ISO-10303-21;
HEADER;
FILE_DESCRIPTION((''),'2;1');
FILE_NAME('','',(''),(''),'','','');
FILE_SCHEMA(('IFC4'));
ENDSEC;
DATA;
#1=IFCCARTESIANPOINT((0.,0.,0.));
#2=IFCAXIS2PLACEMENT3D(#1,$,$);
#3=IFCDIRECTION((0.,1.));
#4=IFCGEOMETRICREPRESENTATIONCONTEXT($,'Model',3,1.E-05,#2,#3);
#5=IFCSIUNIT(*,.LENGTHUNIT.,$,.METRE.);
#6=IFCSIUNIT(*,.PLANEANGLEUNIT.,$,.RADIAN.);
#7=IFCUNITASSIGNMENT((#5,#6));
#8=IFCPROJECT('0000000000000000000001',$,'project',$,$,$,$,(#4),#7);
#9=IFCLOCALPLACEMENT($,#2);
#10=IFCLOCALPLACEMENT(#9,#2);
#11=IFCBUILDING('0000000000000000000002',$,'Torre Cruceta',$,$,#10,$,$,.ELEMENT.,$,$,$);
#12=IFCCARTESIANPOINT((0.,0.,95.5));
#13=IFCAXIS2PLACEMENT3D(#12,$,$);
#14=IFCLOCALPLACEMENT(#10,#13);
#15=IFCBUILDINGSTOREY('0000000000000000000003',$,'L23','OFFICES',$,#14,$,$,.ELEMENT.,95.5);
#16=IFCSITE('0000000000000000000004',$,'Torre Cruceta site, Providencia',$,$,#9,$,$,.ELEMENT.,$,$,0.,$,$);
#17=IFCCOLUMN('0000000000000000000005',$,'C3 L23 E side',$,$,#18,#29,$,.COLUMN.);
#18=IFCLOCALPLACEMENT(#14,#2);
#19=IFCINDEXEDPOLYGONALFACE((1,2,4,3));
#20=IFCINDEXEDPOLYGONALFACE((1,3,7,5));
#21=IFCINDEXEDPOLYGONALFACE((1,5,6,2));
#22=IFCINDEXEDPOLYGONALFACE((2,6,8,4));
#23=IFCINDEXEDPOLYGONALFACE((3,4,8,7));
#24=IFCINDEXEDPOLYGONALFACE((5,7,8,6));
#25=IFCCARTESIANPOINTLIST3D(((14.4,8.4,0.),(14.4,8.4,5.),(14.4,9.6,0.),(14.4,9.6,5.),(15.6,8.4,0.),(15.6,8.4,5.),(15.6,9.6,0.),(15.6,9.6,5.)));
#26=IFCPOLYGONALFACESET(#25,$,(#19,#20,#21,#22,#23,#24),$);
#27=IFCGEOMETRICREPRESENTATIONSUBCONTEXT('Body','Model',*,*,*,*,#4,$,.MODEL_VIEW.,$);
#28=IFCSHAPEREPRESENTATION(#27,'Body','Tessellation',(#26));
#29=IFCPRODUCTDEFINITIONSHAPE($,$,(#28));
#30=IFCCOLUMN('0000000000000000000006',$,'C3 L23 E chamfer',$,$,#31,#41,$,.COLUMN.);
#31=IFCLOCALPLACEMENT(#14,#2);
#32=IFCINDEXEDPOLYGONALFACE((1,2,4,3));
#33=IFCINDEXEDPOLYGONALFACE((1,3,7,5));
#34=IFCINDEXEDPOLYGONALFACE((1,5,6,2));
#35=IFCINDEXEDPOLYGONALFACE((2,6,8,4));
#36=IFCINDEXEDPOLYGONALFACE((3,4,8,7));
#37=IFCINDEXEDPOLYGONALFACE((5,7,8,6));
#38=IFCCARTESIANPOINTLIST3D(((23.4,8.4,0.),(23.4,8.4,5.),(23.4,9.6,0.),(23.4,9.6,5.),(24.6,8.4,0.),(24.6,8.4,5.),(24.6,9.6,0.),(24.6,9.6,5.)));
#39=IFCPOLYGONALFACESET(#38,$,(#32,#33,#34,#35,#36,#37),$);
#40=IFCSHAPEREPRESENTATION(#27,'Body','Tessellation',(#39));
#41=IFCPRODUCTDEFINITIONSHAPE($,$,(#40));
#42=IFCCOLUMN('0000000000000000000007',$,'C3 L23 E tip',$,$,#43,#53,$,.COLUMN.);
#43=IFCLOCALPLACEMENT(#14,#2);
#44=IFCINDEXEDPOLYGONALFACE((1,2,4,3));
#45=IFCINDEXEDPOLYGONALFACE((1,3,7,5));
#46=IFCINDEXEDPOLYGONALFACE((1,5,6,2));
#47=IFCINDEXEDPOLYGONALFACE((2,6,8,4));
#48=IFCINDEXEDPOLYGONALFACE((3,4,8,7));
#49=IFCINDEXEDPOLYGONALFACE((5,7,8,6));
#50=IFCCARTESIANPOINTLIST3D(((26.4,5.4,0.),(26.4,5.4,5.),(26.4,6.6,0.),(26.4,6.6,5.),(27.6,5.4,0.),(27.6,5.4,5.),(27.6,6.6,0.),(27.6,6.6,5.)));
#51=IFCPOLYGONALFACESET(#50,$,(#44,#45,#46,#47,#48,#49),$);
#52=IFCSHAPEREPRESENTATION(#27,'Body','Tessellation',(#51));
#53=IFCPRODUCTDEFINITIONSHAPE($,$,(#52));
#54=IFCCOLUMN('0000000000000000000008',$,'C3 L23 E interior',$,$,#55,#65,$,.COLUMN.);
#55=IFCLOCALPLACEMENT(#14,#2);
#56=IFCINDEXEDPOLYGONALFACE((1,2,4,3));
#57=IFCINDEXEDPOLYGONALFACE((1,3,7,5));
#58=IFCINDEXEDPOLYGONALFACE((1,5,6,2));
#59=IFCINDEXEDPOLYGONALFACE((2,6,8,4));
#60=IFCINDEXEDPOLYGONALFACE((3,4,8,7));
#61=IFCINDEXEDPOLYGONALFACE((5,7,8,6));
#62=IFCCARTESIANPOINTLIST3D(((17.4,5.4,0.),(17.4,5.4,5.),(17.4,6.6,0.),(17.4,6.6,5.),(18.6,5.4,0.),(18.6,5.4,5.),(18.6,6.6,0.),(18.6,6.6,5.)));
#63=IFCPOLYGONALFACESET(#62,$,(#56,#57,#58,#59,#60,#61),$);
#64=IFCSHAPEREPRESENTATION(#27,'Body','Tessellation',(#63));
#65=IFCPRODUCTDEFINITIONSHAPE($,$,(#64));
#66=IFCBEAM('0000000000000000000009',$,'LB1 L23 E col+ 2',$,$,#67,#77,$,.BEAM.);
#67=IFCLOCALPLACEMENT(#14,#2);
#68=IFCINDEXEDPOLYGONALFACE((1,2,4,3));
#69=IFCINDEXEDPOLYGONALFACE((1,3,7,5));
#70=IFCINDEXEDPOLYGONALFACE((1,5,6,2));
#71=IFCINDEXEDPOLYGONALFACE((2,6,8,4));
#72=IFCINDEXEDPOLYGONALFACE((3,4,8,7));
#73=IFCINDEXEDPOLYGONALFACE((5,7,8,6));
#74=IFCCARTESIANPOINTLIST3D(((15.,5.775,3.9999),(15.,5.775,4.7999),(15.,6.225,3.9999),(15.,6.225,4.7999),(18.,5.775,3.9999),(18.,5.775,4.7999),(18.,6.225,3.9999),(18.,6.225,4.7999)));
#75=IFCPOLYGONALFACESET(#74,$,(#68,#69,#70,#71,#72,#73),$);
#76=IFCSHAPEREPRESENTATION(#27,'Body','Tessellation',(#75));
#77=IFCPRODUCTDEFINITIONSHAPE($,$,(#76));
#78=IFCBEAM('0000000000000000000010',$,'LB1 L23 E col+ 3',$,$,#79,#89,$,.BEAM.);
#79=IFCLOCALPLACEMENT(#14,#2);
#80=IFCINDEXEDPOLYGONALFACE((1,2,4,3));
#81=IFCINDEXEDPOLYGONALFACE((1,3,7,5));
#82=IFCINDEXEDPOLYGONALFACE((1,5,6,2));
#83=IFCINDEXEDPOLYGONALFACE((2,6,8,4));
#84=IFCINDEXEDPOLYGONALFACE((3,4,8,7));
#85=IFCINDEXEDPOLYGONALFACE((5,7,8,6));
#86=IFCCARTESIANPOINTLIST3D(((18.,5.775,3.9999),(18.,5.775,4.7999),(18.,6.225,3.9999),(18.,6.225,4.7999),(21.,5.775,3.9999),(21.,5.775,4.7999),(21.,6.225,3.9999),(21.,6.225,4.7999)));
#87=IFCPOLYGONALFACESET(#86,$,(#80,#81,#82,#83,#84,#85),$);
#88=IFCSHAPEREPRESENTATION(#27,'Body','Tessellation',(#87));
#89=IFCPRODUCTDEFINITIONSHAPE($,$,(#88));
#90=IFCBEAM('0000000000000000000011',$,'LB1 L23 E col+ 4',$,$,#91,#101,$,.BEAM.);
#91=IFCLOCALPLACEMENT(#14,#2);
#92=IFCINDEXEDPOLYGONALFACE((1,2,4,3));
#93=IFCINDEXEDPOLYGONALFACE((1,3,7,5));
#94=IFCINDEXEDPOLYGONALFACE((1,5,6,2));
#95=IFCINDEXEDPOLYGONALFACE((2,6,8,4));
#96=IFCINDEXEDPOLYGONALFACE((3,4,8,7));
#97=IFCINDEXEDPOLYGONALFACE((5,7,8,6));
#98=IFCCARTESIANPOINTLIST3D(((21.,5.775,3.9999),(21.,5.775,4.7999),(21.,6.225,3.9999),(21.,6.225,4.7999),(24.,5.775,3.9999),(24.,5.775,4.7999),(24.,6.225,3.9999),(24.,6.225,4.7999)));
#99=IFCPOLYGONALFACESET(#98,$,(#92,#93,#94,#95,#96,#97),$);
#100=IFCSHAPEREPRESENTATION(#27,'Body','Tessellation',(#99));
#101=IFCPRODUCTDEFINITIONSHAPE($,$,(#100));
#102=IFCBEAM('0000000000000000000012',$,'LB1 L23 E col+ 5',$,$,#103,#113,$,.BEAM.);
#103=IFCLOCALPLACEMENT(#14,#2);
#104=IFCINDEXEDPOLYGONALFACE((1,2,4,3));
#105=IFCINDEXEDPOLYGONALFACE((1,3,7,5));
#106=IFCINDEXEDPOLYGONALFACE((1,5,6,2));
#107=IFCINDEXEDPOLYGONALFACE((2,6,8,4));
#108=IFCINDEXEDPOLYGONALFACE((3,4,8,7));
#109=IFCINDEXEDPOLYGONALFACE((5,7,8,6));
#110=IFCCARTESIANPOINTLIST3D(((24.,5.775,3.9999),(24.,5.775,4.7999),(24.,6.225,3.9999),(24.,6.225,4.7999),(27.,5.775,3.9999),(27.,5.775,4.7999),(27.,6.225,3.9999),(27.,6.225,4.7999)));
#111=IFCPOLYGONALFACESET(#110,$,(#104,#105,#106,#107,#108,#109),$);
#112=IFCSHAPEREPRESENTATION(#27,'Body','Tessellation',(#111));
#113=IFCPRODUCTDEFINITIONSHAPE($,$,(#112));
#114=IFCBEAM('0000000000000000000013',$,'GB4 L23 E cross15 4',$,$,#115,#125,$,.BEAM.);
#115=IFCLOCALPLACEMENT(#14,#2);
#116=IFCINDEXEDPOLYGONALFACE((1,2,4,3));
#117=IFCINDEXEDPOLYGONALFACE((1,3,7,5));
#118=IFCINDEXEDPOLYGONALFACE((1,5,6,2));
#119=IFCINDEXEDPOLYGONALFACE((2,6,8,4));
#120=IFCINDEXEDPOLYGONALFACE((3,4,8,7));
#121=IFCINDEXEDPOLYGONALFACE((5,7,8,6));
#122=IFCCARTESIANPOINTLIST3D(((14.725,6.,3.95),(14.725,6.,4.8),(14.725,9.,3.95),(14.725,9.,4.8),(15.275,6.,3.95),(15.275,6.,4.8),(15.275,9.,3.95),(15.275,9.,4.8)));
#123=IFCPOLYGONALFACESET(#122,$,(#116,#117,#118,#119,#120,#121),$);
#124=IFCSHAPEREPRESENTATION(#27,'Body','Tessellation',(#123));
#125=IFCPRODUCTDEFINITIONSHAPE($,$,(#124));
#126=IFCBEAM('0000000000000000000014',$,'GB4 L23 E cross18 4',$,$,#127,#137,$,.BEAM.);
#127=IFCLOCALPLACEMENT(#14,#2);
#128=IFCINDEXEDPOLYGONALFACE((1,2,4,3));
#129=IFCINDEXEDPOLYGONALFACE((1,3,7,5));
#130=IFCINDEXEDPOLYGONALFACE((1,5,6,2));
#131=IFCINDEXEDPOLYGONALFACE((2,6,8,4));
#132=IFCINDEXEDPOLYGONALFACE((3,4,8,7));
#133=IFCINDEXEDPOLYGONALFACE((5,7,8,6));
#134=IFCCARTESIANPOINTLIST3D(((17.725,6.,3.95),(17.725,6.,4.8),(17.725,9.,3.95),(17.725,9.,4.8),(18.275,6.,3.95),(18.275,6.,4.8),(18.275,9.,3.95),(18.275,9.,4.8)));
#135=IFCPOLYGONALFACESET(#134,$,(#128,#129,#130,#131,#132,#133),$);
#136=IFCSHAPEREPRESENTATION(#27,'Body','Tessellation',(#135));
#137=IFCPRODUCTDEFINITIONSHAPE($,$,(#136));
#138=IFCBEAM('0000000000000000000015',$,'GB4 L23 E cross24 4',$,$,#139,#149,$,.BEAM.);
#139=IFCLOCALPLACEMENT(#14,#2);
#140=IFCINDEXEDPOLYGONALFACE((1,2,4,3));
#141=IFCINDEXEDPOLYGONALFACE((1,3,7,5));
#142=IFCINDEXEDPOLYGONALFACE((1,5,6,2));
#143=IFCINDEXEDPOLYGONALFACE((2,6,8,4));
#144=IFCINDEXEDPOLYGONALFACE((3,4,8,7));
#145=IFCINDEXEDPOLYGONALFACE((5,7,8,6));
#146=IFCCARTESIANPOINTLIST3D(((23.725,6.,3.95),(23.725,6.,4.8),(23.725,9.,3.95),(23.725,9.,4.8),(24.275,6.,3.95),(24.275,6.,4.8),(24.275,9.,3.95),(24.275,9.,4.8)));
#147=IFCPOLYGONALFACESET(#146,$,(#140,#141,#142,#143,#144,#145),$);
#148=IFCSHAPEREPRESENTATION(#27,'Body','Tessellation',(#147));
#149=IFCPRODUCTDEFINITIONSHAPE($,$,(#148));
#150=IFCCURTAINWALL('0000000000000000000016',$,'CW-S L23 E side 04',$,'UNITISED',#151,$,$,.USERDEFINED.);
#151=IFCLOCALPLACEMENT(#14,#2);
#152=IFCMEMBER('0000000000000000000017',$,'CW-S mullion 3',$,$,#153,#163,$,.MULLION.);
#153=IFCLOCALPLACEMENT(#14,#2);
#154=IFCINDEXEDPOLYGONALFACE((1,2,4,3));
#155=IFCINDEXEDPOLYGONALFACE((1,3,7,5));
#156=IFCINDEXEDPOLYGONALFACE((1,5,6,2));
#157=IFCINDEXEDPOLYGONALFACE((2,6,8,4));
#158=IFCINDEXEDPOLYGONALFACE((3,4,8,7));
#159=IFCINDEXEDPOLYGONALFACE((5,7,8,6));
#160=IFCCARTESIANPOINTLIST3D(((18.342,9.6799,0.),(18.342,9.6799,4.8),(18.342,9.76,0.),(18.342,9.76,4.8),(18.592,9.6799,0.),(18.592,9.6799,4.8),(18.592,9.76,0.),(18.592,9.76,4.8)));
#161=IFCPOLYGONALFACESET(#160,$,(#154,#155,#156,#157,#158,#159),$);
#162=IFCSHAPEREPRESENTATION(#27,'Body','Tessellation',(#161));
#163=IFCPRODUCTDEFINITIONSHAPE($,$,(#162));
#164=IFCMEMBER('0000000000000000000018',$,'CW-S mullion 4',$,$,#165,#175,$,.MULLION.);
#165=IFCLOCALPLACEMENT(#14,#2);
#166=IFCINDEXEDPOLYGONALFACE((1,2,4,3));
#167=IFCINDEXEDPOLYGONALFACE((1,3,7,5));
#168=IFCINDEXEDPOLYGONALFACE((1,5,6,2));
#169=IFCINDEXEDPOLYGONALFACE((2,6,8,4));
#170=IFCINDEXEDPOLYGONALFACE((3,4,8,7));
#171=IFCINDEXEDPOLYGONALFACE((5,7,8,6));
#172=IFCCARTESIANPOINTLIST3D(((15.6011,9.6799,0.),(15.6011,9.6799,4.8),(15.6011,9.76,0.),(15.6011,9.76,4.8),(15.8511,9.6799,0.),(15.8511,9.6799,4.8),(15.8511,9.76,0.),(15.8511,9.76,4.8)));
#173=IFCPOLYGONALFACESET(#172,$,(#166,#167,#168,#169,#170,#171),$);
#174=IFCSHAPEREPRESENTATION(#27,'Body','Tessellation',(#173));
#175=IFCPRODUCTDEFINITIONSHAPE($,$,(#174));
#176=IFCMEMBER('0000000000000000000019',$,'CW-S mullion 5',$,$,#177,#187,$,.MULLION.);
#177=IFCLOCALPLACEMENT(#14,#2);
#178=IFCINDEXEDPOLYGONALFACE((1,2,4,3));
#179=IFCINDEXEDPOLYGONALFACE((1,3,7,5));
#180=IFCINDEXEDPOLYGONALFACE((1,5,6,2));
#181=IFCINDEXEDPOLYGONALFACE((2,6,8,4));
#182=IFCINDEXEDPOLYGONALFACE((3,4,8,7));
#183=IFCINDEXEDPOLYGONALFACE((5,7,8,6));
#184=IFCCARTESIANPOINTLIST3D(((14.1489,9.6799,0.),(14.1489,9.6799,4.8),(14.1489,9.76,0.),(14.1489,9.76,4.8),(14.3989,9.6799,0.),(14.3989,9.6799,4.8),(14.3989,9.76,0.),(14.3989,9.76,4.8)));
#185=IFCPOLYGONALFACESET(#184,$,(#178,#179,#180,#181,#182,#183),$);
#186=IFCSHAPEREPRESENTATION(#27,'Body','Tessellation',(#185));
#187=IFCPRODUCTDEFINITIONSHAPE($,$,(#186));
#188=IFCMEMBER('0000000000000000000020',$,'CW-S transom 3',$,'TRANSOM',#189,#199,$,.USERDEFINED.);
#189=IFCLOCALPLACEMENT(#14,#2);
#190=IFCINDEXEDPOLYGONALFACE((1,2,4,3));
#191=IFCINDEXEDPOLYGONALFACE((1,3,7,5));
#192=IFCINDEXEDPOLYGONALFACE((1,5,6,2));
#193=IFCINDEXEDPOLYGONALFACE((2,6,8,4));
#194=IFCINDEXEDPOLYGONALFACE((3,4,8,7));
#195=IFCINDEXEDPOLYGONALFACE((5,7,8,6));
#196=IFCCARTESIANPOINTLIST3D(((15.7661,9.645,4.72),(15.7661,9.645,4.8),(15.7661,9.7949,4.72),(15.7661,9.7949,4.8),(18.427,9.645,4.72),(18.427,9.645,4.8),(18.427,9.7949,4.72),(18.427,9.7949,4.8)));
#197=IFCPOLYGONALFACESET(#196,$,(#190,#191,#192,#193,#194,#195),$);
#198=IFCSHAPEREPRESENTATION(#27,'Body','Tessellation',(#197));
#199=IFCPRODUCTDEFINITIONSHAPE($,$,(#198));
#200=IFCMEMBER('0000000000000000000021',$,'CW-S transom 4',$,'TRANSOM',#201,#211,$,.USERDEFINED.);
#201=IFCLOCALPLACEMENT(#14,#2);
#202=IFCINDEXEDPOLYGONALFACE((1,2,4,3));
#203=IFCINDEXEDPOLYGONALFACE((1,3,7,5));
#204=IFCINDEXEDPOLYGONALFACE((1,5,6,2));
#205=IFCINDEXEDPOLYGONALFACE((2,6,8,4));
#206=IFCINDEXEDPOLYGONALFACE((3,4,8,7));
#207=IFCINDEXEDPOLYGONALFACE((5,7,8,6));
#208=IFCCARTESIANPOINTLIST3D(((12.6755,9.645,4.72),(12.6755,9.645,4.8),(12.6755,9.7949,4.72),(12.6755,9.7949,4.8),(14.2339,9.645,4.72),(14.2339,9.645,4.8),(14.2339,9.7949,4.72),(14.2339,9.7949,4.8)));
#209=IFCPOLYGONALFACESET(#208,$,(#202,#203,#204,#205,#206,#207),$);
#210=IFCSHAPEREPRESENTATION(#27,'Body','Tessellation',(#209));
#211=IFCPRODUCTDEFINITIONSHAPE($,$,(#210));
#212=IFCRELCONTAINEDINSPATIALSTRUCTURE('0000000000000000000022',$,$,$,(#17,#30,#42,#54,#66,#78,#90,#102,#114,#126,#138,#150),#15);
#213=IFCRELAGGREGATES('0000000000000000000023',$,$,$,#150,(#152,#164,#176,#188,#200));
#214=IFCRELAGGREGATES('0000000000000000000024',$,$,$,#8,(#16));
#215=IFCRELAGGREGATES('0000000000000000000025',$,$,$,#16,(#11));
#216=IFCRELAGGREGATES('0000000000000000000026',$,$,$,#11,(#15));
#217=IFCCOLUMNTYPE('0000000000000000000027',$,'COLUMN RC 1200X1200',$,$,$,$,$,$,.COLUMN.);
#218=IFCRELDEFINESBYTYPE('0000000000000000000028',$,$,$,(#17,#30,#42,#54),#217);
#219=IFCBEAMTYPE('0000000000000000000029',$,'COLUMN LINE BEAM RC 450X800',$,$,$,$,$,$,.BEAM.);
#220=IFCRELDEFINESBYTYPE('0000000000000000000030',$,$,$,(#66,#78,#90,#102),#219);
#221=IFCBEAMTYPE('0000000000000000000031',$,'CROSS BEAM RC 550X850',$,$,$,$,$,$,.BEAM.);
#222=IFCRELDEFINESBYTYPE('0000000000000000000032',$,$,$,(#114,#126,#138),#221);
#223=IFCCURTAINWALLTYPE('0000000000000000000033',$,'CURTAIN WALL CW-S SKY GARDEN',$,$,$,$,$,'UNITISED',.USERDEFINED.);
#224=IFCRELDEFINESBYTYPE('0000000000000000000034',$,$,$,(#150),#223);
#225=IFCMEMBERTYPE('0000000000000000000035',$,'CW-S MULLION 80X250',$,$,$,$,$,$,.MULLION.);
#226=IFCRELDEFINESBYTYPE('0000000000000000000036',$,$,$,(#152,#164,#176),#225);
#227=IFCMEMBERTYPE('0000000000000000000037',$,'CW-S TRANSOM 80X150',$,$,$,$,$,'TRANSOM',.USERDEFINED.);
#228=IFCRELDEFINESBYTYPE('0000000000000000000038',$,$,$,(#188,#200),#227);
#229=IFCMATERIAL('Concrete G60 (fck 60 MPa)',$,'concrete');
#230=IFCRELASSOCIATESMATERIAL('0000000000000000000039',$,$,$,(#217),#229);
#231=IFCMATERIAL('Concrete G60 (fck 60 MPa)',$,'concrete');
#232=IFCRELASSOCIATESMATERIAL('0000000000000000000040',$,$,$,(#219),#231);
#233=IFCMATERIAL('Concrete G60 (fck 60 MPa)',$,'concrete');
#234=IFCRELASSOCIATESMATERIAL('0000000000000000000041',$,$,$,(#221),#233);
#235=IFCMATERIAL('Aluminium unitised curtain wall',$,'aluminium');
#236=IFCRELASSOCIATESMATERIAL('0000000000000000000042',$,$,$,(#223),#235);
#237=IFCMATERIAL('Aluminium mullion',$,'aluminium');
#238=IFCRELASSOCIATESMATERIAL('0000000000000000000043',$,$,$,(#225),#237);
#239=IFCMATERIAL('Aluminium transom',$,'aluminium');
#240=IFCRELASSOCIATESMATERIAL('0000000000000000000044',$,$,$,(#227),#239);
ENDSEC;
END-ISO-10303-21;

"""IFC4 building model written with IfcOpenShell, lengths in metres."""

from ifc_helpers import new_model, si_unit, direction, frame, origin, origin_2d, place, context, subcontext, project, spatial, rectangle, extrude, material, material_profile, profile_set, type_object, element, aggregate, save


model = new_model("IFC4")

# Units and contexts
model_context = context("Model", 3, precision=1e-05, world=origin(), true_north=direction((0.0, 1.0)))
body_context = subcontext(model_context, "Body", "Model", "MODEL_VIEW")
ifc_project = project(units=[si_unit("LENGTHUNIT", "METRE"), si_unit("PLANEANGLEUNIT", "RADIAN")], contexts=[model_context])

# Site, building, storey
site_placement = place(None, origin())
site = spatial("IfcSite", under=ifc_project, at=site_placement, Name="Torre Cruceta site, Providencia", CompositionType="ELEMENT", RefElevation=0.0)
building_placement = place(site_placement, origin())
building = spatial("IfcBuilding", under=site, at=building_placement, Name="Torre Cruceta", CompositionType="ELEMENT")
storey_placement = place(building_placement, frame((0.0, 0.0, 95.5)))
storey = spatial("IfcBuildingStorey", under=building, at=storey_placement, Name="L23", Description="OFFICES", CompositionType="ELEMENT", Elevation=95.5)

# Columns
ifc_material_1 = material(Name="Concrete G60 (fck 60 MPa)", Category="concrete")
ifc_material_profile_1 = material_profile(ifc_material_1, rectangle(XDim=1.2, YDim=1.2, at=origin_2d()), Name="RC 1200X1200")
ifc_profile_set_1 = profile_set([ifc_material_profile_1], Name="Concrete G60 (fck 60 MPa)")
column_type = type_object("IfcColumnType", Name="COLUMN RC 1200X1200", PredefinedType="COLUMN", material=ifc_profile_set_1)
for number, where, z_axis, x_axis, name in (
    (1, (15.0, 9.0, 0.0), (0.0, 0.0, 1.0), (1.0, 0.0, 0.0), "C3 L23 E side"),
    (2, (24.0, 9.0, 0.0), (0.0, 0.0, 1.0), (1.0, 0.0, 0.0), "C3 L23 E chamfer"),
    (3, (27.0, 6.0, 0.0), (0.0, 0.0, 1.0), (1.0, 0.0, 0.0), "C3 L23 E tip"),
    (4, (18.0, 6.0, 0.0), (0.0, 0.0, 1.0), (1.0, 0.0, 0.0), "C3 L23 E interior"),
):
    element("IfcColumn", number, at=place(storey_placement, frame(where, z_axis=z_axis, x_axis=x_axis)), inside=storey, type_object=column_type, Name=name, PredefinedType="COLUMN", context=body_context, shape_type="SweptSolid", body=[
        extrude(rectangle(XDim=1.2, YDim=1.2, at=origin_2d()), origin(), (0.0, 0.0, 1.0), 5.0),
    ])

# Beams
ifc_material_2 = material(Name="Concrete G60 (fck 60 MPa)", Category="concrete")
ifc_material_profile_2 = material_profile(ifc_material_2, rectangle(XDim=0.45, YDim=0.8, at=origin_2d()), Name="RC 450X800")
ifc_profile_set_2 = profile_set([ifc_material_profile_2], Name="Concrete G60 (fck 60 MPa)")
beam_type_1 = type_object("IfcBeamType", Name="COLUMN LINE BEAM RC 450X800", PredefinedType="BEAM", material=ifc_profile_set_2)
for number, where, z_axis, x_axis, name in (
    (5, (15.0, 6.0, 4.3999), (1.0, 0.0, 0.0), (0.0, 1.0, 0.0), "LB1 L23 E col+ 2"),
    (6, (18.0, 6.0, 4.3999), (1.0, 0.0, 0.0), (0.0, 1.0, 0.0), "LB1 L23 E col+ 3"),
    (7, (21.0, 6.0, 4.3999), (1.0, 0.0, 0.0), (0.0, 1.0, 0.0), "LB1 L23 E col+ 4"),
    (8, (24.0, 6.0, 4.3999), (1.0, 0.0, 0.0), (0.0, 1.0, 0.0), "LB1 L23 E col+ 5"),
):
    element("IfcBeam", number, at=place(storey_placement, frame(where, z_axis=z_axis, x_axis=x_axis)), inside=storey, type_object=beam_type_1, Name=name, PredefinedType="BEAM", context=body_context, shape_type="SweptSolid", body=[
        extrude(rectangle(XDim=0.45, YDim=0.8, at=origin_2d()), origin(), (0.0, 0.0, 1.0), 3.0),
    ])
ifc_material_3 = material(Name="Concrete G60 (fck 60 MPa)", Category="concrete")
ifc_material_profile_3 = material_profile(ifc_material_3, rectangle(XDim=0.55, YDim=0.8501, at=origin_2d()), Name="RC 550X850")
ifc_profile_set_3 = profile_set([ifc_material_profile_3], Name="Concrete G60 (fck 60 MPa)")
beam_type_2 = type_object("IfcBeamType", Name="CROSS BEAM RC 550X850", PredefinedType="BEAM", material=ifc_profile_set_3)
for number, where, z_axis, x_axis, name in (
    (9, (15.0, 6.0, 4.375), (0.0, 1.0, 0.0), (-1.0, 0.0, 0.0), "GB4 L23 E cross15 4"),
    (10, (18.0, 6.0, 4.375), (0.0, 1.0, 0.0), (-1.0, 0.0, 0.0), "GB4 L23 E cross18 4"),
    (11, (24.0, 6.0, 4.375), (0.0, 1.0, 0.0), (-1.0, 0.0, 0.0), "GB4 L23 E cross24 4"),
):
    element("IfcBeam", number, at=place(storey_placement, frame(where, z_axis=z_axis, x_axis=x_axis)), inside=storey, type_object=beam_type_2, Name=name, PredefinedType="BEAM", context=body_context, shape_type="SweptSolid", body=[
        extrude(rectangle(XDim=0.55, YDim=0.8501, at=origin_2d()), origin(), (0.0, 0.0, 1.0), 3.0),
    ])

# Curtain wall, members
ifc_material_4 = material(Name="Aluminium unitised curtain wall", Category="aluminium")
curtain_wall_type = type_object("IfcCurtainWallType", Name="CURTAIN WALL CW-S SKY GARDEN", ElementType="UNITISED", PredefinedType="USERDEFINED", material=ifc_material_4)
curtain_wall_placement = place(storey_placement, origin())
curtain_wall = element("IfcCurtainWall", 12, at=curtain_wall_placement, inside=storey, type_object=curtain_wall_type, Name="CW-S L23 E side 04", ObjectType="UNITISED", PredefinedType="USERDEFINED")
ifc_material_5 = material(Name="Aluminium mullion", Category="aluminium")
ifc_material_profile_4 = material_profile(ifc_material_5, rectangle(XDim=0.0801, YDim=0.25, at=origin_2d()), Name="AL 80X250")
ifc_profile_set_4 = profile_set([ifc_material_profile_4], Name="Aluminium mullion")
member_type_1 = type_object("IfcMemberType", Name="CW-S MULLION 80X250", PredefinedType="MULLION", material=ifc_profile_set_4)
member_1_placement = place(storey_placement, frame((18.467, 9.72, 0.0), z_axis=(0.0, 0.0, 1.0), x_axis=(0.0, -1.0, 0.0)))
member_1 = element("IfcMember", 13, at=member_1_placement, type_object=member_type_1, Name="CW-S mullion 3", PredefinedType="MULLION", context=body_context, shape_type="SweptSolid", body=[
    extrude(rectangle(XDim=0.0801, YDim=0.25, at=origin_2d()), origin(), (0.0, 0.0, 1.0), 4.8),
])
member_2_placement = place(storey_placement, frame((15.7261, 9.72, 0.0), z_axis=(0.0, 0.0, 1.0), x_axis=(0.0, -1.0, 0.0)))
member_2 = element("IfcMember", 14, at=member_2_placement, type_object=member_type_1, Name="CW-S mullion 4", PredefinedType="MULLION", context=body_context, shape_type="SweptSolid", body=[
    extrude(rectangle(XDim=0.0801, YDim=0.25, at=origin_2d()), origin(), (0.0, 0.0, 1.0), 4.8),
])
member_3_placement = place(storey_placement, frame((14.2739, 9.72, 0.0), z_axis=(0.0, 0.0, 1.0), x_axis=(0.0, -1.0, 0.0)))
member_3 = element("IfcMember", 15, at=member_3_placement, type_object=member_type_1, Name="CW-S mullion 5", PredefinedType="MULLION", context=body_context, shape_type="SweptSolid", body=[
    extrude(rectangle(XDim=0.0801, YDim=0.25, at=origin_2d()), origin(), (0.0, 0.0, 1.0), 4.8),
])
ifc_material_6 = material(Name="Aluminium transom", Category="aluminium")
ifc_material_profile_5 = material_profile(ifc_material_6, rectangle(XDim=0.1499, YDim=0.0801, at=origin_2d()), Name="AL 150X80")
ifc_profile_set_5 = profile_set([ifc_material_profile_5], Name="Aluminium transom")
member_type_2 = type_object("IfcMemberType", Name="CW-S TRANSOM 80X150", ElementType="TRANSOM", PredefinedType="USERDEFINED", material=ifc_profile_set_5)
member_4_placement = place(storey_placement, frame((18.427, 9.72, 4.76), z_axis=(-1.0, 0.0, 0.0), x_axis=(0.0, -1.0, 0.0)))
member_4 = element("IfcMember", 16, at=member_4_placement, type_object=member_type_2, Name="CW-S transom 3", ObjectType="TRANSOM", PredefinedType="USERDEFINED", context=body_context, shape_type="SweptSolid", body=[
    extrude(rectangle(XDim=0.1499, YDim=0.0801, at=origin_2d()), origin(), (0.0, 0.0, 1.0), 2.6609),
])
member_5_placement = place(storey_placement, frame((14.2339, 9.72, 4.76), z_axis=(-1.0, 0.0, 0.0), x_axis=(0.0, -1.0, 0.0)))
member_5 = element("IfcMember", 17, at=member_5_placement, type_object=member_type_2, Name="CW-S transom 4", ObjectType="TRANSOM", PredefinedType="USERDEFINED", context=body_context, shape_type="SweptSolid", body=[
    extrude(rectangle(XDim=0.1499, YDim=0.0801, at=origin_2d()), origin(), (0.0, 0.0, 1.0), 1.5583),
])

aggregate(curtain_wall, [member_1, member_2, member_3, member_4, member_5])

save(model, "model.ifc")
